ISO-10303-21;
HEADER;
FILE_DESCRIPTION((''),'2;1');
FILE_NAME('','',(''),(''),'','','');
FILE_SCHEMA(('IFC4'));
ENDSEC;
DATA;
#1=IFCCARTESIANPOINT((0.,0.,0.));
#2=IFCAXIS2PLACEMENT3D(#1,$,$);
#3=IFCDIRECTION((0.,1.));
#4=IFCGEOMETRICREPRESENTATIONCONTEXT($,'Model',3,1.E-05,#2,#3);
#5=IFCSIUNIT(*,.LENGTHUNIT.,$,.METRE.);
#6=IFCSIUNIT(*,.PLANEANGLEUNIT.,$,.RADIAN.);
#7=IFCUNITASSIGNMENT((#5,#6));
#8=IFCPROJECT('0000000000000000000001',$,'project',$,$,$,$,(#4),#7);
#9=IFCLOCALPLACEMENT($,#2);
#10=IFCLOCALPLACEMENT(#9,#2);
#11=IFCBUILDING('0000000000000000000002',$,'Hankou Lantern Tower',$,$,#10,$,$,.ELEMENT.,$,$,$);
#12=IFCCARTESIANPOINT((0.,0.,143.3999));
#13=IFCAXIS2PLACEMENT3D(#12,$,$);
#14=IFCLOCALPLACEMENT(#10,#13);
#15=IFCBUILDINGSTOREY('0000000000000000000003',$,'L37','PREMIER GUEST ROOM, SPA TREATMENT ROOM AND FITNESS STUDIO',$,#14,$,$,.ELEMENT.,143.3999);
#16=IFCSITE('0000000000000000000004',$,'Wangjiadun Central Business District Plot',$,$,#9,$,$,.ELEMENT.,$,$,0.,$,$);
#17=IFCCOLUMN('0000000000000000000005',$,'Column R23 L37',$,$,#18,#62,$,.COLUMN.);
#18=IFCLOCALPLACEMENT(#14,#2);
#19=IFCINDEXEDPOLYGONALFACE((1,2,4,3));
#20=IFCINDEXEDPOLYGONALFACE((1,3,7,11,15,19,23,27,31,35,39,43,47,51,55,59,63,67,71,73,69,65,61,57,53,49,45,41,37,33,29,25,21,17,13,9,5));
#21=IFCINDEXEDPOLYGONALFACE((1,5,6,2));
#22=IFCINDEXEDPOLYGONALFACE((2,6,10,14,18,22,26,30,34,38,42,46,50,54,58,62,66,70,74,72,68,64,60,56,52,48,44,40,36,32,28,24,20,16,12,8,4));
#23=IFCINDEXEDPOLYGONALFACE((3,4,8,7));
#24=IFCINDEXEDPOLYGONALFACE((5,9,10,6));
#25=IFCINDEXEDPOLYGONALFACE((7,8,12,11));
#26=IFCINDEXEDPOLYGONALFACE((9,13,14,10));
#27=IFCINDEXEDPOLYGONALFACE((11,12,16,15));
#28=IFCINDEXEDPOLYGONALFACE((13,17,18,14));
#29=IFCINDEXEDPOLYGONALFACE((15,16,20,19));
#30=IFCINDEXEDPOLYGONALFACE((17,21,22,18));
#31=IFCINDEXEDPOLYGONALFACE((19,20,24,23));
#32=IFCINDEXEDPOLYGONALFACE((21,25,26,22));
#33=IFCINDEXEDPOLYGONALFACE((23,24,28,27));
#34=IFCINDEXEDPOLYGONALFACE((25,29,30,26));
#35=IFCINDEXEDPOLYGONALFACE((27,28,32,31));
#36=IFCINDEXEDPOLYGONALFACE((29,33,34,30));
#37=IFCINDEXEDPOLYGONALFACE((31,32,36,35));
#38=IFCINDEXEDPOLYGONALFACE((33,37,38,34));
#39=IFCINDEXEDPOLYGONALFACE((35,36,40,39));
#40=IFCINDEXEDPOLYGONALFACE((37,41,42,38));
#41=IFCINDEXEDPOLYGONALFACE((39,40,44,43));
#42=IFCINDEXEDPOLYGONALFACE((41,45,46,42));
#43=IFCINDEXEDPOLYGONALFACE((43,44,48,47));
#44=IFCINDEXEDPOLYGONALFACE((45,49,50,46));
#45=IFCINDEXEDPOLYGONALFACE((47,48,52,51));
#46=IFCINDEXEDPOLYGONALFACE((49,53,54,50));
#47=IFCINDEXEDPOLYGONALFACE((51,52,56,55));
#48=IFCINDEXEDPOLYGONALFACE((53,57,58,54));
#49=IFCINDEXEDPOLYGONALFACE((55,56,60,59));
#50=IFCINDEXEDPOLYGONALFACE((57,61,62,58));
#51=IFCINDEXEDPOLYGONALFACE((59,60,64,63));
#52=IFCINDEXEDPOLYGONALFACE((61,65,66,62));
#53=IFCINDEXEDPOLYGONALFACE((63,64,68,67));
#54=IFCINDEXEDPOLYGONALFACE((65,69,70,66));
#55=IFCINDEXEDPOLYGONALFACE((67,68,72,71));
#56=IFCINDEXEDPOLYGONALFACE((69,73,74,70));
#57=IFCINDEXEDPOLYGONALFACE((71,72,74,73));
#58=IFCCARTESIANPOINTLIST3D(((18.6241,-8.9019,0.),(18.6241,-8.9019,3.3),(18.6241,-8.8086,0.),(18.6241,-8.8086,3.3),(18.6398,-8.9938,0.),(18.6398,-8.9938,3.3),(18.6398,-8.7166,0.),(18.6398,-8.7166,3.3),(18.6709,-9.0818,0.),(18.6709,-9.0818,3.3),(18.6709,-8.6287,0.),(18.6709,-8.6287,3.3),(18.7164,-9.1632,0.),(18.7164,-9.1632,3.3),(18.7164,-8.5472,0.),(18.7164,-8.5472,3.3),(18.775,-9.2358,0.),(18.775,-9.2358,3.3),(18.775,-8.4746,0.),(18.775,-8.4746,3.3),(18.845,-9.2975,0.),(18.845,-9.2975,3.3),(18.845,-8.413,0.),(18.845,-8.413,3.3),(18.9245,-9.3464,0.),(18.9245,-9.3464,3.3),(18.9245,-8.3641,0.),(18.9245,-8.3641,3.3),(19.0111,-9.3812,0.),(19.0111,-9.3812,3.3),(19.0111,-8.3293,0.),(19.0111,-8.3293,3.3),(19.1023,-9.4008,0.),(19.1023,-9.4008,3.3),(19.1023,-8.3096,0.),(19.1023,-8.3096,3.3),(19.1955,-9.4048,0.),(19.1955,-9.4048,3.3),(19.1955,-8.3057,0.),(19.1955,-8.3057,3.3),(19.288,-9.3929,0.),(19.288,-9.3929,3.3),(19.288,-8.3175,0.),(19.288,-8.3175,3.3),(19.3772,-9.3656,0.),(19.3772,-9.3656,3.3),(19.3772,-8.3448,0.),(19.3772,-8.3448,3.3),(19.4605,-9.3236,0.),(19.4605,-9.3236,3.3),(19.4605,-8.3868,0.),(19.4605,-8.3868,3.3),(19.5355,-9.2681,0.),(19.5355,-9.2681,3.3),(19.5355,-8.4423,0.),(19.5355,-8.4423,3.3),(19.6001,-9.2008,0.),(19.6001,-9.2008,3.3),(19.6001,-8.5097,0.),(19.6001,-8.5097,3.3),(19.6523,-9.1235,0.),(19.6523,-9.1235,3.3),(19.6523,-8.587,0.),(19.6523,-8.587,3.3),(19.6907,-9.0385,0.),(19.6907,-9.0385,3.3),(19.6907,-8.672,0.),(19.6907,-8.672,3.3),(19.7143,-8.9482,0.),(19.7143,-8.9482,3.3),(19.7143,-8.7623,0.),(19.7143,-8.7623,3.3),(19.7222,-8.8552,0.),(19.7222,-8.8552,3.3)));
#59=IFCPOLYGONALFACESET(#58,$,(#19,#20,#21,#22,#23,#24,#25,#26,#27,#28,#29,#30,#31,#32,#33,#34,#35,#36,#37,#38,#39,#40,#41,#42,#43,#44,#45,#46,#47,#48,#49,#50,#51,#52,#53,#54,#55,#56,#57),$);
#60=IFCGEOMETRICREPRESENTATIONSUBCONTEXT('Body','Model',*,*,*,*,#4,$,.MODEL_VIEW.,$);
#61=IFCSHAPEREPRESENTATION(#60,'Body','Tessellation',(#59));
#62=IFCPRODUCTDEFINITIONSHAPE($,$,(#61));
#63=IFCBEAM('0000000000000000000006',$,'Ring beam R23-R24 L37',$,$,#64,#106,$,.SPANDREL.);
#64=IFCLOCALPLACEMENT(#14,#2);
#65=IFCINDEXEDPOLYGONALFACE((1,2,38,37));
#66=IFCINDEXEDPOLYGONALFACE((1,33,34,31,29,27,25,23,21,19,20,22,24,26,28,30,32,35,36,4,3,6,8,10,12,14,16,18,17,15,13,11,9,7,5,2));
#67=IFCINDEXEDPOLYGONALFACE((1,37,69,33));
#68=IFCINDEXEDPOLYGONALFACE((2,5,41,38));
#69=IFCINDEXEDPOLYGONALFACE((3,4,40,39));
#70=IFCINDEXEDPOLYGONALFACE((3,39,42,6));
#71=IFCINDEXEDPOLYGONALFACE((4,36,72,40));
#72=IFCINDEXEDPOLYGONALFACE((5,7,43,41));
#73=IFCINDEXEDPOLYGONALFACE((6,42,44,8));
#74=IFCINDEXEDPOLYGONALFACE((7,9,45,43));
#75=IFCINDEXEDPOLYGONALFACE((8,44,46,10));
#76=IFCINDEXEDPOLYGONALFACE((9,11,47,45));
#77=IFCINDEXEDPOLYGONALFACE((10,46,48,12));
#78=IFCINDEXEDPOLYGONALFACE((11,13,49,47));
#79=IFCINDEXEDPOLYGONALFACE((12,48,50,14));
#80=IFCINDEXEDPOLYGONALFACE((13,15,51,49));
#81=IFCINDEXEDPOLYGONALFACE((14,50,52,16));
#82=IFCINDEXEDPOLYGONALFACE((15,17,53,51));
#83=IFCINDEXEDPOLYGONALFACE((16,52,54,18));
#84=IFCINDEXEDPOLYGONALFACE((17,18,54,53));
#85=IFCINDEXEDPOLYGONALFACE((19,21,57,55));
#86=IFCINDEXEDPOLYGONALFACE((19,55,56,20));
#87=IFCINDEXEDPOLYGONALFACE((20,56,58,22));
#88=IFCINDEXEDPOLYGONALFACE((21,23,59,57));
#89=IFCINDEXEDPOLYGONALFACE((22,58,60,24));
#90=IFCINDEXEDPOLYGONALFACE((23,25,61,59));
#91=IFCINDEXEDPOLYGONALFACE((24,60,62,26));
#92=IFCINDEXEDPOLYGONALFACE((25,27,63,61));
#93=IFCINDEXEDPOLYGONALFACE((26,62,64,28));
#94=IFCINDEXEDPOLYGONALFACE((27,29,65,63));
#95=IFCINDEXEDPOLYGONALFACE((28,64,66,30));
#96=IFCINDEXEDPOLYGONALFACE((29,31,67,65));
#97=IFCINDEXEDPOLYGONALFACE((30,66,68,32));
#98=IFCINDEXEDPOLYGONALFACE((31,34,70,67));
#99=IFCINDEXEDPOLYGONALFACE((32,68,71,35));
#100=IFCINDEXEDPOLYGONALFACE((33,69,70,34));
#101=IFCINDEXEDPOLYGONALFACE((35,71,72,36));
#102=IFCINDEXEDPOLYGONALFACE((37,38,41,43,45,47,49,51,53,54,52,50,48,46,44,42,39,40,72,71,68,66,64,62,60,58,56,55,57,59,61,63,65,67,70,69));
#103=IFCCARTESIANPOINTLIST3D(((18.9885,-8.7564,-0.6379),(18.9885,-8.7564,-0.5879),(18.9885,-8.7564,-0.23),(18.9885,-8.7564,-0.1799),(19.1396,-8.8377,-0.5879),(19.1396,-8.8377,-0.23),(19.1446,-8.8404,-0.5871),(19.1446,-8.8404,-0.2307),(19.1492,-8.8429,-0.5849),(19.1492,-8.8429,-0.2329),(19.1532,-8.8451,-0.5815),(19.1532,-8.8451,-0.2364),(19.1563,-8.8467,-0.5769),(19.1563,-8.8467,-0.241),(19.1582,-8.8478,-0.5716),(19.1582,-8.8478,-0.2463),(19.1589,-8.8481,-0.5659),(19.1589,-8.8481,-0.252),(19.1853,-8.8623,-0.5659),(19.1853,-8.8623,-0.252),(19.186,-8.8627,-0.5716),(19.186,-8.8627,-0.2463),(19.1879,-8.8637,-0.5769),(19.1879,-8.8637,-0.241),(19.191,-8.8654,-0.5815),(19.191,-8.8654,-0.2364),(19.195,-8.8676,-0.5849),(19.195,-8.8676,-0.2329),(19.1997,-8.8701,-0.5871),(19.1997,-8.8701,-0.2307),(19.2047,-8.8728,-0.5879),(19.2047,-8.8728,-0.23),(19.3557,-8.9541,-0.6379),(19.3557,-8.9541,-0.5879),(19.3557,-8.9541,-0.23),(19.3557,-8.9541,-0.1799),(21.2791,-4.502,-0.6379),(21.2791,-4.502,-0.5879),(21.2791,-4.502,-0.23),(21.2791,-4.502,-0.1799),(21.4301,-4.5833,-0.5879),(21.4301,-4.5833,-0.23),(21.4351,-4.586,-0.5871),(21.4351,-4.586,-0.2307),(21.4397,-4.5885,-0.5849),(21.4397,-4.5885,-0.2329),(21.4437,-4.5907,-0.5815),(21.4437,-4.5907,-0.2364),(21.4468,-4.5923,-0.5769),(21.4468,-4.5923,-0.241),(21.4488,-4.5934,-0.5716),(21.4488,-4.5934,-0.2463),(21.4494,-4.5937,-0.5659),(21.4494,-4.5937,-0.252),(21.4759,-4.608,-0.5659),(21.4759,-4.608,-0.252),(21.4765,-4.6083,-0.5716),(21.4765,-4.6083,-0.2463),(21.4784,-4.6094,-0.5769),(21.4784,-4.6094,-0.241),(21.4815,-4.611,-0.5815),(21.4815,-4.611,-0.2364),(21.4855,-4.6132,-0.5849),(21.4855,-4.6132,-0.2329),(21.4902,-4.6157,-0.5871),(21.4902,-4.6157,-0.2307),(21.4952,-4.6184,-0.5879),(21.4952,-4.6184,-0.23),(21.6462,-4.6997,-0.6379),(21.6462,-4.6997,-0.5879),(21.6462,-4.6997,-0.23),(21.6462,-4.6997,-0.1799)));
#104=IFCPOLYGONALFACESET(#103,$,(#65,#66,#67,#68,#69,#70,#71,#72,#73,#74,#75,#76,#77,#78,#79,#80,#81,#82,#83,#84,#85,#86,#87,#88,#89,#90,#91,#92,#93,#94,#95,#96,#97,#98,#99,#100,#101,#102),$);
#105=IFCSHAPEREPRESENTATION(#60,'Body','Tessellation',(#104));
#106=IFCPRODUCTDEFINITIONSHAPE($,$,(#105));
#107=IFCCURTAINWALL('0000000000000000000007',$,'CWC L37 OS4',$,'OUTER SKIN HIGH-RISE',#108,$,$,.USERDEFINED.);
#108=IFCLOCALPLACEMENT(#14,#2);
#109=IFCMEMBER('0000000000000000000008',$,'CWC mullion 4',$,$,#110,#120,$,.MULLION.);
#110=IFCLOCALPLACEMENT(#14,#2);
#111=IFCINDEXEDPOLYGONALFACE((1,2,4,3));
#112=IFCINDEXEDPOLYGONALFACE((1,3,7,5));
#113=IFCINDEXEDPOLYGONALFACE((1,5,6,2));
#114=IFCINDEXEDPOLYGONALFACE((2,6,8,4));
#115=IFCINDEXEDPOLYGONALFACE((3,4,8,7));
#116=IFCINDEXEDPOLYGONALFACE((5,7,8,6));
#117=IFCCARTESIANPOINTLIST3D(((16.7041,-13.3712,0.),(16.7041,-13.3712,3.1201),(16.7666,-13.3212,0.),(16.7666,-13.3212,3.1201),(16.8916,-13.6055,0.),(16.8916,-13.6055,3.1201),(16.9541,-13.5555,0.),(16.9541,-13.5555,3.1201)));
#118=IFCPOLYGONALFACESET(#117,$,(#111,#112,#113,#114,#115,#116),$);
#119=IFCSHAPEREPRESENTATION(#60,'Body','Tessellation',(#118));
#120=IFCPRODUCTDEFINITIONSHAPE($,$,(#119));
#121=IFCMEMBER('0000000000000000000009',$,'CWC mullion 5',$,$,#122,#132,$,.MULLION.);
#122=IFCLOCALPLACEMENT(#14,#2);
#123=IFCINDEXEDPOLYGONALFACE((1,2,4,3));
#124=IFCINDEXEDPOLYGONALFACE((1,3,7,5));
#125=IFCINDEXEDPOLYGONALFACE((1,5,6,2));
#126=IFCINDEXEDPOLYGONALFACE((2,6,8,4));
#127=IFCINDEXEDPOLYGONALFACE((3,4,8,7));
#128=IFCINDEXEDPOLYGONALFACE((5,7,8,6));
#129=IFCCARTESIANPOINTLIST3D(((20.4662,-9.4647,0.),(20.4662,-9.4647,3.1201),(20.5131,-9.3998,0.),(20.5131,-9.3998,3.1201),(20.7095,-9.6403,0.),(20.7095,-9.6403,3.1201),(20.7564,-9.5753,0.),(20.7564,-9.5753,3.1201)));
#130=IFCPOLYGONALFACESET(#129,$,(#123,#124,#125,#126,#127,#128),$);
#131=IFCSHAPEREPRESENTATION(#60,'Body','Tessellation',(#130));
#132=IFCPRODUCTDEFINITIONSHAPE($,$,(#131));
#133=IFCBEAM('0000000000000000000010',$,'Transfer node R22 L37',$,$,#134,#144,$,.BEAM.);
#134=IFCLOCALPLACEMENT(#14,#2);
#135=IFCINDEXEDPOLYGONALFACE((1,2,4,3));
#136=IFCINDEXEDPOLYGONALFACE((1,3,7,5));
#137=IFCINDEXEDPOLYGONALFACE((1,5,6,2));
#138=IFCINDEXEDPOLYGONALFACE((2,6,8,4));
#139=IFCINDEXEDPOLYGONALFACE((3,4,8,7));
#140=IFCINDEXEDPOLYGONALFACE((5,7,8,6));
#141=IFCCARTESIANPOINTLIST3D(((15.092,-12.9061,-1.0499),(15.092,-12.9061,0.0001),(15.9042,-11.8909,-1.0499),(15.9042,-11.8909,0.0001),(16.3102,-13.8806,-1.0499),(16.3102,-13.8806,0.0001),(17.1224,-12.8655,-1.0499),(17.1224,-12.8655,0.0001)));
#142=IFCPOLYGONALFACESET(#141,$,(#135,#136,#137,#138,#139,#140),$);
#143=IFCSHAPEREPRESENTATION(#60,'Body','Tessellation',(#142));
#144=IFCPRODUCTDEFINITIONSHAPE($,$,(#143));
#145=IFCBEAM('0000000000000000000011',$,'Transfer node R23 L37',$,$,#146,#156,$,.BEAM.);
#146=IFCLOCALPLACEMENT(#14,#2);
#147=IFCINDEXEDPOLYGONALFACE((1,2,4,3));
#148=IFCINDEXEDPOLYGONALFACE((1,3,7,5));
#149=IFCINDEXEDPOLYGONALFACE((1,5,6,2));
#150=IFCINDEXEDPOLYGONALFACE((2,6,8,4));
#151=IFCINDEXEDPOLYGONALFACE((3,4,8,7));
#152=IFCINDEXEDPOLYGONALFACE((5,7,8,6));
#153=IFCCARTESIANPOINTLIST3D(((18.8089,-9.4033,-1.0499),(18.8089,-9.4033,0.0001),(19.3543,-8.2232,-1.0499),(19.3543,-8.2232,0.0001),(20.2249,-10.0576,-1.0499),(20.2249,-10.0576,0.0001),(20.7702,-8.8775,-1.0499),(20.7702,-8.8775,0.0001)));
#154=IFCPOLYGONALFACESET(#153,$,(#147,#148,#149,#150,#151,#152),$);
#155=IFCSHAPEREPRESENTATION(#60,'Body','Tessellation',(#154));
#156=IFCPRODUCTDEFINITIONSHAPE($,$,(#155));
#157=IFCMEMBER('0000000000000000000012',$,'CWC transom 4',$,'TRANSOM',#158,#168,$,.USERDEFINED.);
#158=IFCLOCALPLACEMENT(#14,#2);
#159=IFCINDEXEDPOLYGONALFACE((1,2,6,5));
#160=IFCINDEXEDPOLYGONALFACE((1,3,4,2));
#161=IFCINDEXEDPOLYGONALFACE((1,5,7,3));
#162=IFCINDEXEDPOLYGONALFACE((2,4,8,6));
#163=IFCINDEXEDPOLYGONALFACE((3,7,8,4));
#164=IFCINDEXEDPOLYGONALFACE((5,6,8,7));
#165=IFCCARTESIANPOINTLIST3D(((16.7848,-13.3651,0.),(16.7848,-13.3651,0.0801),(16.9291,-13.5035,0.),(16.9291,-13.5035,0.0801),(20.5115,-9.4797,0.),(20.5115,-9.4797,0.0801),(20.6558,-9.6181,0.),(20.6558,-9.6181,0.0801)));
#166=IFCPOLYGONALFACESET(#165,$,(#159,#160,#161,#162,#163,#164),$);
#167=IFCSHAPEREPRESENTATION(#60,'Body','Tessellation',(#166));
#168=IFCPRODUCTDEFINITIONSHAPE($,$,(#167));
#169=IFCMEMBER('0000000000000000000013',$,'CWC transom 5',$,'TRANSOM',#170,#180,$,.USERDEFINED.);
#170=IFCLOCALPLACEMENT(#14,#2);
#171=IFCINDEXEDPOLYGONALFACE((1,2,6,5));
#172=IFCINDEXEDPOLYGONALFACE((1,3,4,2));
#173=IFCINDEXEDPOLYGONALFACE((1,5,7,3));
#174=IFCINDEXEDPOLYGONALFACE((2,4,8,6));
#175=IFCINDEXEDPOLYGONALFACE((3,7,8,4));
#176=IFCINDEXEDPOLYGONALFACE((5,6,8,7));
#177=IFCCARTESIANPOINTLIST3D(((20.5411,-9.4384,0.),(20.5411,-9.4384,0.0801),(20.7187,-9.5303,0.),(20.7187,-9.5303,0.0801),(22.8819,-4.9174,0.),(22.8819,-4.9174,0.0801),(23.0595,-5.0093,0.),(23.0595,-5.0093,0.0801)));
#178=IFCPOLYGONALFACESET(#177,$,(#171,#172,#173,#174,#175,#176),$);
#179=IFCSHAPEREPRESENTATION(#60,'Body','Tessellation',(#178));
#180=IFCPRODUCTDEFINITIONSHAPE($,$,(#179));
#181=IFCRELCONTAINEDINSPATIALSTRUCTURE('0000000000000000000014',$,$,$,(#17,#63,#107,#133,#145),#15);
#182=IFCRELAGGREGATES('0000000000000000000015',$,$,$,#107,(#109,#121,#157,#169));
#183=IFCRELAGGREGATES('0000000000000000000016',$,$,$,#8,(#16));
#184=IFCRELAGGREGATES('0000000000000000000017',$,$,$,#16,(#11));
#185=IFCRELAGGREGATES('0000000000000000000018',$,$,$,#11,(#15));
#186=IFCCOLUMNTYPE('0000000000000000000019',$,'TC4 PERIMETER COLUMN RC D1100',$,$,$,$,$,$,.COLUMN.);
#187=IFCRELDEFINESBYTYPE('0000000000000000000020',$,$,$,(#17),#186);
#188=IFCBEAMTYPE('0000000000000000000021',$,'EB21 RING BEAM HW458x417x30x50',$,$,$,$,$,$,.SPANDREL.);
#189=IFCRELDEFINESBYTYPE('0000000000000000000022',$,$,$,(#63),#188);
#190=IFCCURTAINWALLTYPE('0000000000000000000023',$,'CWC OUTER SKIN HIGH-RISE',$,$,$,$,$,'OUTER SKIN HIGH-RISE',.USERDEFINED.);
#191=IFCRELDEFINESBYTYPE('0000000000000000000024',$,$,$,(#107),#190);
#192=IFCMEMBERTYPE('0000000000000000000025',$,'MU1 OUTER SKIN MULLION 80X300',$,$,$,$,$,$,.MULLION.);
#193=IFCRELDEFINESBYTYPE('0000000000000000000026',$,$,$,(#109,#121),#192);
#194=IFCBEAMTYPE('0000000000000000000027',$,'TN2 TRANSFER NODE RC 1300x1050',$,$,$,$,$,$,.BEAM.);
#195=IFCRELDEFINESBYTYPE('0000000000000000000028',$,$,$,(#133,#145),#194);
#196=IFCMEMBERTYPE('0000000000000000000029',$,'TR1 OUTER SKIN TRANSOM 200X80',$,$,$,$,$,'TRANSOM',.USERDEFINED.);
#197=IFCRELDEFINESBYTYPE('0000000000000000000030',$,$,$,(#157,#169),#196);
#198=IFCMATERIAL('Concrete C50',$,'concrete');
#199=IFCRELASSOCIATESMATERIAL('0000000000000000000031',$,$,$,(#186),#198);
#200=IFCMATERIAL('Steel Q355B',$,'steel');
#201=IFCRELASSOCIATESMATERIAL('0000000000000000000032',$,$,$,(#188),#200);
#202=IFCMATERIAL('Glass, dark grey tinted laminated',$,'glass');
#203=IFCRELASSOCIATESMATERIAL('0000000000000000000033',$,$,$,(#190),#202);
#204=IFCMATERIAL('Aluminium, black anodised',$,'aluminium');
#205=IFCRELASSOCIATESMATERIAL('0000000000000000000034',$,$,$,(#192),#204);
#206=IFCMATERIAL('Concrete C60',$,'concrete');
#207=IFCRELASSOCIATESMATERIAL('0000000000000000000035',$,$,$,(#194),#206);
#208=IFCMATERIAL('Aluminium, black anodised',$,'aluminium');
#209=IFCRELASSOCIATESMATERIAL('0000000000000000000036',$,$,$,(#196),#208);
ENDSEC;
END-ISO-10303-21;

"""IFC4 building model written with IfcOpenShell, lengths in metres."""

from ifc_helpers import new_model, si_unit, direction, frame, origin, origin_2d, place, context, subcontext, project, spatial, rectangle, circle, i_section, extrude, material, material_profile, profile_set, type_object, element, aggregate, save


model = new_model("IFC4")

# Units and contexts
model_context = context("Model", 3, precision=1e-05, world=origin(), true_north=direction((0.0, 1.0)))
body_context = subcontext(model_context, "Body", "Model", "MODEL_VIEW")
ifc_project = project(units=[si_unit("LENGTHUNIT", "METRE"), si_unit("PLANEANGLEUNIT", "RADIAN")], contexts=[model_context])

# Site, building, storey
site_placement = place(None, origin())
site = spatial("IfcSite", under=ifc_project, at=site_placement, Name="Wangjiadun Central Business District Plot", CompositionType="ELEMENT", RefElevation=0.0)
building_placement = place(site_placement, origin())
building = spatial("IfcBuilding", under=site, at=building_placement, Name="Hankou Lantern Tower", CompositionType="ELEMENT")
storey_placement = place(building_placement, frame((0.0, 0.0, 143.3999)))
storey = spatial("IfcBuildingStorey", under=building, at=storey_placement, Name="L37", Description="PREMIER GUEST ROOM, SPA TREATMENT ROOM AND FITNESS STUDIO", CompositionType="ELEMENT", Elevation=143.3999)

# Column
ifc_material_1 = material(Name="Concrete C50", Category="concrete")
ifc_material_profile_1 = material_profile(ifc_material_1, circle(Radius=0.55, at=origin_2d()), Name="RC D1100")
ifc_profile_set_1 = profile_set([ifc_material_profile_1], Name="Concrete C50")
column_type = type_object("IfcColumnType", Name="TC4 PERIMETER COLUMN RC D1100", PredefinedType="COLUMN", material=ifc_profile_set_1)
column_placement = place(storey_placement, frame((19.1721, -8.8552, 0.0), z_axis=(0.0, 0.0, 1.0), x_axis=(1.0, 0.0, 0.0)))
element("IfcColumn", 1, at=column_placement, inside=storey, type_object=column_type, Name="Column R23 L37", PredefinedType="COLUMN", context=body_context, shape_type="SweptSolid", body=[
    extrude(circle(Radius=0.55, at=origin_2d()), origin(), (0.0, 0.0, 1.0), 3.3),
])

# Beam
ifc_material_2 = material(Name="Steel Q355B", Category="steel")
ifc_material_profile_2 = material_profile(ifc_material_2, i_section(OverallWidth=0.417, OverallDepth=0.458, WebThickness=0.03, FlangeThickness=0.05, FilletRadius=0.022, at=origin_2d()), Name="HW458x417x30x50")
ifc_profile_set_2 = profile_set([ifc_material_profile_2], Name="Steel Q355B")
beam_type_1 = type_object("IfcBeamType", Name="EB21 RING BEAM HW458x417x30x50", PredefinedType="SPANDREL", material=ifc_profile_set_2)
beam_1_placement = place(storey_placement, frame((19.1721, -8.8552, -0.4089), z_axis=(0.474052, 0.880497, 0.0), x_axis=(-0.880497, 0.474052, 0.0)))
element("IfcBeam", 2, at=beam_1_placement, inside=storey, type_object=beam_type_1, Name="Ring beam R23-R24 L37", PredefinedType="SPANDREL", context=body_context, shape_type="SweptSolid", body=[
    extrude(i_section(OverallWidth=0.417, OverallDepth=0.458, WebThickness=0.03, FlangeThickness=0.05, FilletRadius=0.022, at=origin_2d()), origin(), (0.0, 0.0, 1.0), 4.8318),
])

# Curtain wall, members
ifc_material_3 = material(Name="Glass, dark grey tinted laminated", Category="glass")
curtain_wall_type = type_object("IfcCurtainWallType", Name="CWC OUTER SKIN HIGH-RISE", ElementType="OUTER SKIN HIGH-RISE", PredefinedType="USERDEFINED", material=ifc_material_3)
curtain_wall_placement = place(storey_placement, origin())
curtain_wall = element("IfcCurtainWall", 3, at=curtain_wall_placement, inside=storey, type_object=curtain_wall_type, Name="CWC L37 OS4", ObjectType="OUTER SKIN HIGH-RISE", PredefinedType="USERDEFINED")
ifc_material_4 = material(Name="Aluminium, black anodised", Category="aluminium")
ifc_material_profile_3 = material_profile(ifc_material_4, rectangle(XDim=0.0801, YDim=0.3, at=origin_2d()), Name="MU1 80X300")
ifc_profile_set_3 = profile_set([ifc_material_profile_3], Name="Aluminium, black anodised")
member_type_1 = type_object("IfcMemberType", Name="MU1 OUTER SKIN MULLION 80X300", PredefinedType="MULLION", material=ifc_profile_set_3)
member_1_placement = place(storey_placement, frame((16.8291, -13.4634, 0.0), z_axis=(0.0, 0.0, 1.0), x_axis=(0.780869, 0.624695, 0.0)))
member_1 = element("IfcMember", 4, at=member_1_placement, type_object=member_type_1, Name="CWC mullion 4", PredefinedType="MULLION", context=body_context, shape_type="SweptSolid", body=[
    extrude(rectangle(XDim=0.0801, YDim=0.3, at=origin_2d()), origin(), (0.0, 0.0, 1.0), 3.1201),
])
member_2_placement = place(storey_placement, frame((20.6113, -9.52, 0.0), z_axis=(0.0, 0.0, 1.0), x_axis=(0.585206, 0.810885, 0.0)))
member_2 = element("IfcMember", 5, at=member_2_placement, type_object=member_type_1, Name="CWC mullion 5", PredefinedType="MULLION", context=body_context, shape_type="SweptSolid", body=[
    extrude(rectangle(XDim=0.0801, YDim=0.3, at=origin_2d()), origin(), (0.0, 0.0, 1.0), 3.1201),
])

# Beams
ifc_material_5 = material(Name="Concrete C60", Category="concrete")
ifc_material_profile_4 = material_profile(ifc_material_5, rectangle(XDim=1.3, YDim=1.05, at=origin_2d()), Name="RC 1300x1050")
ifc_profile_set_4 = profile_set([ifc_material_profile_4], Name="Concrete C60")
beam_type_2 = type_object("IfcBeamType", Name="TN2 TRANSFER NODE RC 1300x1050", PredefinedType="BEAM", material=ifc_profile_set_4)
beam_2_placement = place(storey_placement, frame((16.7163, -13.373, -0.5249), z_axis=(-0.780869, 0.624695, 0.0), x_axis=(-0.624695, -0.780869, 0.0)))
element("IfcBeam", 6, at=beam_2_placement, inside=storey, type_object=beam_type_2, Name="Transfer node R22 L37", PredefinedType="BEAM", context=body_context, shape_type="SweptSolid", body=[
    extrude(rectangle(XDim=1.3, YDim=1.05, at=origin_2d()), origin(), (0.0, 0.0, 1.0), 1.5601),
])
beam_3_placement = place(storey_placement, frame((20.4976, -9.4675, -0.5249), z_axis=(-0.907776, 0.419455, 0.0), x_axis=(-0.419455, -0.907776, 0.0)))
element("IfcBeam", 7, at=beam_3_placement, inside=storey, type_object=beam_type_2, Name="Transfer node R23 L37", PredefinedType="BEAM", context=body_context, shape_type="SweptSolid", body=[
    extrude(rectangle(XDim=1.3, YDim=1.05, at=origin_2d()), origin(), (0.0, 0.0, 1.0), 1.5598),
])

# Members
ifc_material_6 = material(Name="Aluminium, black anodised", Category="aluminium")
ifc_material_profile_5 = material_profile(ifc_material_6, rectangle(XDim=0.2, YDim=0.0801, at=origin_2d()), Name="TR1 200X80")
ifc_profile_set_5 = profile_set([ifc_material_profile_5], Name="Aluminium, black anodised")
member_type_2 = type_object("IfcMemberType", Name="TR1 OUTER SKIN TRANSOM 200X80", ElementType="TRANSOM", PredefinedType="USERDEFINED", material=ifc_profile_set_5)
member_3_placement = place(storey_placement, frame((16.8569, -13.4343, 0.04), z_axis=(0.692216, 0.721691, 0.0), x_axis=(-0.721691, 0.692216, 0.0)))
member_3 = element("IfcMember", 8, at=member_3_placement, type_object=member_type_2, Name="CWC transom 4", ObjectType="TRANSOM", PredefinedType="USERDEFINED", context=body_context, shape_type="SweptSolid", body=[
    extrude(rectangle(XDim=0.2, YDim=0.0801, at=origin_2d()), origin(), (0.0, 0.0, 1.0), 5.3838),
])
member_4_placement = place(storey_placement, frame((20.6299, -9.4844, 0.04), z_axis=(0.459791, 0.888027, 0.0), x_axis=(-0.888027, 0.459791, 0.0)))
member_4 = element("IfcMember", 9, at=member_4_placement, type_object=member_type_2, Name="CWC transom 5", ObjectType="TRANSOM", PredefinedType="USERDEFINED", context=body_context, shape_type="SweptSolid", body=[
    extrude(rectangle(XDim=0.2, YDim=0.0801, at=origin_2d()), origin(), (0.0, 0.0, 1.0), 5.0911),
])

aggregate(curtain_wall, [member_1, member_2, member_3, member_4])

save(model, "model.ifc")
